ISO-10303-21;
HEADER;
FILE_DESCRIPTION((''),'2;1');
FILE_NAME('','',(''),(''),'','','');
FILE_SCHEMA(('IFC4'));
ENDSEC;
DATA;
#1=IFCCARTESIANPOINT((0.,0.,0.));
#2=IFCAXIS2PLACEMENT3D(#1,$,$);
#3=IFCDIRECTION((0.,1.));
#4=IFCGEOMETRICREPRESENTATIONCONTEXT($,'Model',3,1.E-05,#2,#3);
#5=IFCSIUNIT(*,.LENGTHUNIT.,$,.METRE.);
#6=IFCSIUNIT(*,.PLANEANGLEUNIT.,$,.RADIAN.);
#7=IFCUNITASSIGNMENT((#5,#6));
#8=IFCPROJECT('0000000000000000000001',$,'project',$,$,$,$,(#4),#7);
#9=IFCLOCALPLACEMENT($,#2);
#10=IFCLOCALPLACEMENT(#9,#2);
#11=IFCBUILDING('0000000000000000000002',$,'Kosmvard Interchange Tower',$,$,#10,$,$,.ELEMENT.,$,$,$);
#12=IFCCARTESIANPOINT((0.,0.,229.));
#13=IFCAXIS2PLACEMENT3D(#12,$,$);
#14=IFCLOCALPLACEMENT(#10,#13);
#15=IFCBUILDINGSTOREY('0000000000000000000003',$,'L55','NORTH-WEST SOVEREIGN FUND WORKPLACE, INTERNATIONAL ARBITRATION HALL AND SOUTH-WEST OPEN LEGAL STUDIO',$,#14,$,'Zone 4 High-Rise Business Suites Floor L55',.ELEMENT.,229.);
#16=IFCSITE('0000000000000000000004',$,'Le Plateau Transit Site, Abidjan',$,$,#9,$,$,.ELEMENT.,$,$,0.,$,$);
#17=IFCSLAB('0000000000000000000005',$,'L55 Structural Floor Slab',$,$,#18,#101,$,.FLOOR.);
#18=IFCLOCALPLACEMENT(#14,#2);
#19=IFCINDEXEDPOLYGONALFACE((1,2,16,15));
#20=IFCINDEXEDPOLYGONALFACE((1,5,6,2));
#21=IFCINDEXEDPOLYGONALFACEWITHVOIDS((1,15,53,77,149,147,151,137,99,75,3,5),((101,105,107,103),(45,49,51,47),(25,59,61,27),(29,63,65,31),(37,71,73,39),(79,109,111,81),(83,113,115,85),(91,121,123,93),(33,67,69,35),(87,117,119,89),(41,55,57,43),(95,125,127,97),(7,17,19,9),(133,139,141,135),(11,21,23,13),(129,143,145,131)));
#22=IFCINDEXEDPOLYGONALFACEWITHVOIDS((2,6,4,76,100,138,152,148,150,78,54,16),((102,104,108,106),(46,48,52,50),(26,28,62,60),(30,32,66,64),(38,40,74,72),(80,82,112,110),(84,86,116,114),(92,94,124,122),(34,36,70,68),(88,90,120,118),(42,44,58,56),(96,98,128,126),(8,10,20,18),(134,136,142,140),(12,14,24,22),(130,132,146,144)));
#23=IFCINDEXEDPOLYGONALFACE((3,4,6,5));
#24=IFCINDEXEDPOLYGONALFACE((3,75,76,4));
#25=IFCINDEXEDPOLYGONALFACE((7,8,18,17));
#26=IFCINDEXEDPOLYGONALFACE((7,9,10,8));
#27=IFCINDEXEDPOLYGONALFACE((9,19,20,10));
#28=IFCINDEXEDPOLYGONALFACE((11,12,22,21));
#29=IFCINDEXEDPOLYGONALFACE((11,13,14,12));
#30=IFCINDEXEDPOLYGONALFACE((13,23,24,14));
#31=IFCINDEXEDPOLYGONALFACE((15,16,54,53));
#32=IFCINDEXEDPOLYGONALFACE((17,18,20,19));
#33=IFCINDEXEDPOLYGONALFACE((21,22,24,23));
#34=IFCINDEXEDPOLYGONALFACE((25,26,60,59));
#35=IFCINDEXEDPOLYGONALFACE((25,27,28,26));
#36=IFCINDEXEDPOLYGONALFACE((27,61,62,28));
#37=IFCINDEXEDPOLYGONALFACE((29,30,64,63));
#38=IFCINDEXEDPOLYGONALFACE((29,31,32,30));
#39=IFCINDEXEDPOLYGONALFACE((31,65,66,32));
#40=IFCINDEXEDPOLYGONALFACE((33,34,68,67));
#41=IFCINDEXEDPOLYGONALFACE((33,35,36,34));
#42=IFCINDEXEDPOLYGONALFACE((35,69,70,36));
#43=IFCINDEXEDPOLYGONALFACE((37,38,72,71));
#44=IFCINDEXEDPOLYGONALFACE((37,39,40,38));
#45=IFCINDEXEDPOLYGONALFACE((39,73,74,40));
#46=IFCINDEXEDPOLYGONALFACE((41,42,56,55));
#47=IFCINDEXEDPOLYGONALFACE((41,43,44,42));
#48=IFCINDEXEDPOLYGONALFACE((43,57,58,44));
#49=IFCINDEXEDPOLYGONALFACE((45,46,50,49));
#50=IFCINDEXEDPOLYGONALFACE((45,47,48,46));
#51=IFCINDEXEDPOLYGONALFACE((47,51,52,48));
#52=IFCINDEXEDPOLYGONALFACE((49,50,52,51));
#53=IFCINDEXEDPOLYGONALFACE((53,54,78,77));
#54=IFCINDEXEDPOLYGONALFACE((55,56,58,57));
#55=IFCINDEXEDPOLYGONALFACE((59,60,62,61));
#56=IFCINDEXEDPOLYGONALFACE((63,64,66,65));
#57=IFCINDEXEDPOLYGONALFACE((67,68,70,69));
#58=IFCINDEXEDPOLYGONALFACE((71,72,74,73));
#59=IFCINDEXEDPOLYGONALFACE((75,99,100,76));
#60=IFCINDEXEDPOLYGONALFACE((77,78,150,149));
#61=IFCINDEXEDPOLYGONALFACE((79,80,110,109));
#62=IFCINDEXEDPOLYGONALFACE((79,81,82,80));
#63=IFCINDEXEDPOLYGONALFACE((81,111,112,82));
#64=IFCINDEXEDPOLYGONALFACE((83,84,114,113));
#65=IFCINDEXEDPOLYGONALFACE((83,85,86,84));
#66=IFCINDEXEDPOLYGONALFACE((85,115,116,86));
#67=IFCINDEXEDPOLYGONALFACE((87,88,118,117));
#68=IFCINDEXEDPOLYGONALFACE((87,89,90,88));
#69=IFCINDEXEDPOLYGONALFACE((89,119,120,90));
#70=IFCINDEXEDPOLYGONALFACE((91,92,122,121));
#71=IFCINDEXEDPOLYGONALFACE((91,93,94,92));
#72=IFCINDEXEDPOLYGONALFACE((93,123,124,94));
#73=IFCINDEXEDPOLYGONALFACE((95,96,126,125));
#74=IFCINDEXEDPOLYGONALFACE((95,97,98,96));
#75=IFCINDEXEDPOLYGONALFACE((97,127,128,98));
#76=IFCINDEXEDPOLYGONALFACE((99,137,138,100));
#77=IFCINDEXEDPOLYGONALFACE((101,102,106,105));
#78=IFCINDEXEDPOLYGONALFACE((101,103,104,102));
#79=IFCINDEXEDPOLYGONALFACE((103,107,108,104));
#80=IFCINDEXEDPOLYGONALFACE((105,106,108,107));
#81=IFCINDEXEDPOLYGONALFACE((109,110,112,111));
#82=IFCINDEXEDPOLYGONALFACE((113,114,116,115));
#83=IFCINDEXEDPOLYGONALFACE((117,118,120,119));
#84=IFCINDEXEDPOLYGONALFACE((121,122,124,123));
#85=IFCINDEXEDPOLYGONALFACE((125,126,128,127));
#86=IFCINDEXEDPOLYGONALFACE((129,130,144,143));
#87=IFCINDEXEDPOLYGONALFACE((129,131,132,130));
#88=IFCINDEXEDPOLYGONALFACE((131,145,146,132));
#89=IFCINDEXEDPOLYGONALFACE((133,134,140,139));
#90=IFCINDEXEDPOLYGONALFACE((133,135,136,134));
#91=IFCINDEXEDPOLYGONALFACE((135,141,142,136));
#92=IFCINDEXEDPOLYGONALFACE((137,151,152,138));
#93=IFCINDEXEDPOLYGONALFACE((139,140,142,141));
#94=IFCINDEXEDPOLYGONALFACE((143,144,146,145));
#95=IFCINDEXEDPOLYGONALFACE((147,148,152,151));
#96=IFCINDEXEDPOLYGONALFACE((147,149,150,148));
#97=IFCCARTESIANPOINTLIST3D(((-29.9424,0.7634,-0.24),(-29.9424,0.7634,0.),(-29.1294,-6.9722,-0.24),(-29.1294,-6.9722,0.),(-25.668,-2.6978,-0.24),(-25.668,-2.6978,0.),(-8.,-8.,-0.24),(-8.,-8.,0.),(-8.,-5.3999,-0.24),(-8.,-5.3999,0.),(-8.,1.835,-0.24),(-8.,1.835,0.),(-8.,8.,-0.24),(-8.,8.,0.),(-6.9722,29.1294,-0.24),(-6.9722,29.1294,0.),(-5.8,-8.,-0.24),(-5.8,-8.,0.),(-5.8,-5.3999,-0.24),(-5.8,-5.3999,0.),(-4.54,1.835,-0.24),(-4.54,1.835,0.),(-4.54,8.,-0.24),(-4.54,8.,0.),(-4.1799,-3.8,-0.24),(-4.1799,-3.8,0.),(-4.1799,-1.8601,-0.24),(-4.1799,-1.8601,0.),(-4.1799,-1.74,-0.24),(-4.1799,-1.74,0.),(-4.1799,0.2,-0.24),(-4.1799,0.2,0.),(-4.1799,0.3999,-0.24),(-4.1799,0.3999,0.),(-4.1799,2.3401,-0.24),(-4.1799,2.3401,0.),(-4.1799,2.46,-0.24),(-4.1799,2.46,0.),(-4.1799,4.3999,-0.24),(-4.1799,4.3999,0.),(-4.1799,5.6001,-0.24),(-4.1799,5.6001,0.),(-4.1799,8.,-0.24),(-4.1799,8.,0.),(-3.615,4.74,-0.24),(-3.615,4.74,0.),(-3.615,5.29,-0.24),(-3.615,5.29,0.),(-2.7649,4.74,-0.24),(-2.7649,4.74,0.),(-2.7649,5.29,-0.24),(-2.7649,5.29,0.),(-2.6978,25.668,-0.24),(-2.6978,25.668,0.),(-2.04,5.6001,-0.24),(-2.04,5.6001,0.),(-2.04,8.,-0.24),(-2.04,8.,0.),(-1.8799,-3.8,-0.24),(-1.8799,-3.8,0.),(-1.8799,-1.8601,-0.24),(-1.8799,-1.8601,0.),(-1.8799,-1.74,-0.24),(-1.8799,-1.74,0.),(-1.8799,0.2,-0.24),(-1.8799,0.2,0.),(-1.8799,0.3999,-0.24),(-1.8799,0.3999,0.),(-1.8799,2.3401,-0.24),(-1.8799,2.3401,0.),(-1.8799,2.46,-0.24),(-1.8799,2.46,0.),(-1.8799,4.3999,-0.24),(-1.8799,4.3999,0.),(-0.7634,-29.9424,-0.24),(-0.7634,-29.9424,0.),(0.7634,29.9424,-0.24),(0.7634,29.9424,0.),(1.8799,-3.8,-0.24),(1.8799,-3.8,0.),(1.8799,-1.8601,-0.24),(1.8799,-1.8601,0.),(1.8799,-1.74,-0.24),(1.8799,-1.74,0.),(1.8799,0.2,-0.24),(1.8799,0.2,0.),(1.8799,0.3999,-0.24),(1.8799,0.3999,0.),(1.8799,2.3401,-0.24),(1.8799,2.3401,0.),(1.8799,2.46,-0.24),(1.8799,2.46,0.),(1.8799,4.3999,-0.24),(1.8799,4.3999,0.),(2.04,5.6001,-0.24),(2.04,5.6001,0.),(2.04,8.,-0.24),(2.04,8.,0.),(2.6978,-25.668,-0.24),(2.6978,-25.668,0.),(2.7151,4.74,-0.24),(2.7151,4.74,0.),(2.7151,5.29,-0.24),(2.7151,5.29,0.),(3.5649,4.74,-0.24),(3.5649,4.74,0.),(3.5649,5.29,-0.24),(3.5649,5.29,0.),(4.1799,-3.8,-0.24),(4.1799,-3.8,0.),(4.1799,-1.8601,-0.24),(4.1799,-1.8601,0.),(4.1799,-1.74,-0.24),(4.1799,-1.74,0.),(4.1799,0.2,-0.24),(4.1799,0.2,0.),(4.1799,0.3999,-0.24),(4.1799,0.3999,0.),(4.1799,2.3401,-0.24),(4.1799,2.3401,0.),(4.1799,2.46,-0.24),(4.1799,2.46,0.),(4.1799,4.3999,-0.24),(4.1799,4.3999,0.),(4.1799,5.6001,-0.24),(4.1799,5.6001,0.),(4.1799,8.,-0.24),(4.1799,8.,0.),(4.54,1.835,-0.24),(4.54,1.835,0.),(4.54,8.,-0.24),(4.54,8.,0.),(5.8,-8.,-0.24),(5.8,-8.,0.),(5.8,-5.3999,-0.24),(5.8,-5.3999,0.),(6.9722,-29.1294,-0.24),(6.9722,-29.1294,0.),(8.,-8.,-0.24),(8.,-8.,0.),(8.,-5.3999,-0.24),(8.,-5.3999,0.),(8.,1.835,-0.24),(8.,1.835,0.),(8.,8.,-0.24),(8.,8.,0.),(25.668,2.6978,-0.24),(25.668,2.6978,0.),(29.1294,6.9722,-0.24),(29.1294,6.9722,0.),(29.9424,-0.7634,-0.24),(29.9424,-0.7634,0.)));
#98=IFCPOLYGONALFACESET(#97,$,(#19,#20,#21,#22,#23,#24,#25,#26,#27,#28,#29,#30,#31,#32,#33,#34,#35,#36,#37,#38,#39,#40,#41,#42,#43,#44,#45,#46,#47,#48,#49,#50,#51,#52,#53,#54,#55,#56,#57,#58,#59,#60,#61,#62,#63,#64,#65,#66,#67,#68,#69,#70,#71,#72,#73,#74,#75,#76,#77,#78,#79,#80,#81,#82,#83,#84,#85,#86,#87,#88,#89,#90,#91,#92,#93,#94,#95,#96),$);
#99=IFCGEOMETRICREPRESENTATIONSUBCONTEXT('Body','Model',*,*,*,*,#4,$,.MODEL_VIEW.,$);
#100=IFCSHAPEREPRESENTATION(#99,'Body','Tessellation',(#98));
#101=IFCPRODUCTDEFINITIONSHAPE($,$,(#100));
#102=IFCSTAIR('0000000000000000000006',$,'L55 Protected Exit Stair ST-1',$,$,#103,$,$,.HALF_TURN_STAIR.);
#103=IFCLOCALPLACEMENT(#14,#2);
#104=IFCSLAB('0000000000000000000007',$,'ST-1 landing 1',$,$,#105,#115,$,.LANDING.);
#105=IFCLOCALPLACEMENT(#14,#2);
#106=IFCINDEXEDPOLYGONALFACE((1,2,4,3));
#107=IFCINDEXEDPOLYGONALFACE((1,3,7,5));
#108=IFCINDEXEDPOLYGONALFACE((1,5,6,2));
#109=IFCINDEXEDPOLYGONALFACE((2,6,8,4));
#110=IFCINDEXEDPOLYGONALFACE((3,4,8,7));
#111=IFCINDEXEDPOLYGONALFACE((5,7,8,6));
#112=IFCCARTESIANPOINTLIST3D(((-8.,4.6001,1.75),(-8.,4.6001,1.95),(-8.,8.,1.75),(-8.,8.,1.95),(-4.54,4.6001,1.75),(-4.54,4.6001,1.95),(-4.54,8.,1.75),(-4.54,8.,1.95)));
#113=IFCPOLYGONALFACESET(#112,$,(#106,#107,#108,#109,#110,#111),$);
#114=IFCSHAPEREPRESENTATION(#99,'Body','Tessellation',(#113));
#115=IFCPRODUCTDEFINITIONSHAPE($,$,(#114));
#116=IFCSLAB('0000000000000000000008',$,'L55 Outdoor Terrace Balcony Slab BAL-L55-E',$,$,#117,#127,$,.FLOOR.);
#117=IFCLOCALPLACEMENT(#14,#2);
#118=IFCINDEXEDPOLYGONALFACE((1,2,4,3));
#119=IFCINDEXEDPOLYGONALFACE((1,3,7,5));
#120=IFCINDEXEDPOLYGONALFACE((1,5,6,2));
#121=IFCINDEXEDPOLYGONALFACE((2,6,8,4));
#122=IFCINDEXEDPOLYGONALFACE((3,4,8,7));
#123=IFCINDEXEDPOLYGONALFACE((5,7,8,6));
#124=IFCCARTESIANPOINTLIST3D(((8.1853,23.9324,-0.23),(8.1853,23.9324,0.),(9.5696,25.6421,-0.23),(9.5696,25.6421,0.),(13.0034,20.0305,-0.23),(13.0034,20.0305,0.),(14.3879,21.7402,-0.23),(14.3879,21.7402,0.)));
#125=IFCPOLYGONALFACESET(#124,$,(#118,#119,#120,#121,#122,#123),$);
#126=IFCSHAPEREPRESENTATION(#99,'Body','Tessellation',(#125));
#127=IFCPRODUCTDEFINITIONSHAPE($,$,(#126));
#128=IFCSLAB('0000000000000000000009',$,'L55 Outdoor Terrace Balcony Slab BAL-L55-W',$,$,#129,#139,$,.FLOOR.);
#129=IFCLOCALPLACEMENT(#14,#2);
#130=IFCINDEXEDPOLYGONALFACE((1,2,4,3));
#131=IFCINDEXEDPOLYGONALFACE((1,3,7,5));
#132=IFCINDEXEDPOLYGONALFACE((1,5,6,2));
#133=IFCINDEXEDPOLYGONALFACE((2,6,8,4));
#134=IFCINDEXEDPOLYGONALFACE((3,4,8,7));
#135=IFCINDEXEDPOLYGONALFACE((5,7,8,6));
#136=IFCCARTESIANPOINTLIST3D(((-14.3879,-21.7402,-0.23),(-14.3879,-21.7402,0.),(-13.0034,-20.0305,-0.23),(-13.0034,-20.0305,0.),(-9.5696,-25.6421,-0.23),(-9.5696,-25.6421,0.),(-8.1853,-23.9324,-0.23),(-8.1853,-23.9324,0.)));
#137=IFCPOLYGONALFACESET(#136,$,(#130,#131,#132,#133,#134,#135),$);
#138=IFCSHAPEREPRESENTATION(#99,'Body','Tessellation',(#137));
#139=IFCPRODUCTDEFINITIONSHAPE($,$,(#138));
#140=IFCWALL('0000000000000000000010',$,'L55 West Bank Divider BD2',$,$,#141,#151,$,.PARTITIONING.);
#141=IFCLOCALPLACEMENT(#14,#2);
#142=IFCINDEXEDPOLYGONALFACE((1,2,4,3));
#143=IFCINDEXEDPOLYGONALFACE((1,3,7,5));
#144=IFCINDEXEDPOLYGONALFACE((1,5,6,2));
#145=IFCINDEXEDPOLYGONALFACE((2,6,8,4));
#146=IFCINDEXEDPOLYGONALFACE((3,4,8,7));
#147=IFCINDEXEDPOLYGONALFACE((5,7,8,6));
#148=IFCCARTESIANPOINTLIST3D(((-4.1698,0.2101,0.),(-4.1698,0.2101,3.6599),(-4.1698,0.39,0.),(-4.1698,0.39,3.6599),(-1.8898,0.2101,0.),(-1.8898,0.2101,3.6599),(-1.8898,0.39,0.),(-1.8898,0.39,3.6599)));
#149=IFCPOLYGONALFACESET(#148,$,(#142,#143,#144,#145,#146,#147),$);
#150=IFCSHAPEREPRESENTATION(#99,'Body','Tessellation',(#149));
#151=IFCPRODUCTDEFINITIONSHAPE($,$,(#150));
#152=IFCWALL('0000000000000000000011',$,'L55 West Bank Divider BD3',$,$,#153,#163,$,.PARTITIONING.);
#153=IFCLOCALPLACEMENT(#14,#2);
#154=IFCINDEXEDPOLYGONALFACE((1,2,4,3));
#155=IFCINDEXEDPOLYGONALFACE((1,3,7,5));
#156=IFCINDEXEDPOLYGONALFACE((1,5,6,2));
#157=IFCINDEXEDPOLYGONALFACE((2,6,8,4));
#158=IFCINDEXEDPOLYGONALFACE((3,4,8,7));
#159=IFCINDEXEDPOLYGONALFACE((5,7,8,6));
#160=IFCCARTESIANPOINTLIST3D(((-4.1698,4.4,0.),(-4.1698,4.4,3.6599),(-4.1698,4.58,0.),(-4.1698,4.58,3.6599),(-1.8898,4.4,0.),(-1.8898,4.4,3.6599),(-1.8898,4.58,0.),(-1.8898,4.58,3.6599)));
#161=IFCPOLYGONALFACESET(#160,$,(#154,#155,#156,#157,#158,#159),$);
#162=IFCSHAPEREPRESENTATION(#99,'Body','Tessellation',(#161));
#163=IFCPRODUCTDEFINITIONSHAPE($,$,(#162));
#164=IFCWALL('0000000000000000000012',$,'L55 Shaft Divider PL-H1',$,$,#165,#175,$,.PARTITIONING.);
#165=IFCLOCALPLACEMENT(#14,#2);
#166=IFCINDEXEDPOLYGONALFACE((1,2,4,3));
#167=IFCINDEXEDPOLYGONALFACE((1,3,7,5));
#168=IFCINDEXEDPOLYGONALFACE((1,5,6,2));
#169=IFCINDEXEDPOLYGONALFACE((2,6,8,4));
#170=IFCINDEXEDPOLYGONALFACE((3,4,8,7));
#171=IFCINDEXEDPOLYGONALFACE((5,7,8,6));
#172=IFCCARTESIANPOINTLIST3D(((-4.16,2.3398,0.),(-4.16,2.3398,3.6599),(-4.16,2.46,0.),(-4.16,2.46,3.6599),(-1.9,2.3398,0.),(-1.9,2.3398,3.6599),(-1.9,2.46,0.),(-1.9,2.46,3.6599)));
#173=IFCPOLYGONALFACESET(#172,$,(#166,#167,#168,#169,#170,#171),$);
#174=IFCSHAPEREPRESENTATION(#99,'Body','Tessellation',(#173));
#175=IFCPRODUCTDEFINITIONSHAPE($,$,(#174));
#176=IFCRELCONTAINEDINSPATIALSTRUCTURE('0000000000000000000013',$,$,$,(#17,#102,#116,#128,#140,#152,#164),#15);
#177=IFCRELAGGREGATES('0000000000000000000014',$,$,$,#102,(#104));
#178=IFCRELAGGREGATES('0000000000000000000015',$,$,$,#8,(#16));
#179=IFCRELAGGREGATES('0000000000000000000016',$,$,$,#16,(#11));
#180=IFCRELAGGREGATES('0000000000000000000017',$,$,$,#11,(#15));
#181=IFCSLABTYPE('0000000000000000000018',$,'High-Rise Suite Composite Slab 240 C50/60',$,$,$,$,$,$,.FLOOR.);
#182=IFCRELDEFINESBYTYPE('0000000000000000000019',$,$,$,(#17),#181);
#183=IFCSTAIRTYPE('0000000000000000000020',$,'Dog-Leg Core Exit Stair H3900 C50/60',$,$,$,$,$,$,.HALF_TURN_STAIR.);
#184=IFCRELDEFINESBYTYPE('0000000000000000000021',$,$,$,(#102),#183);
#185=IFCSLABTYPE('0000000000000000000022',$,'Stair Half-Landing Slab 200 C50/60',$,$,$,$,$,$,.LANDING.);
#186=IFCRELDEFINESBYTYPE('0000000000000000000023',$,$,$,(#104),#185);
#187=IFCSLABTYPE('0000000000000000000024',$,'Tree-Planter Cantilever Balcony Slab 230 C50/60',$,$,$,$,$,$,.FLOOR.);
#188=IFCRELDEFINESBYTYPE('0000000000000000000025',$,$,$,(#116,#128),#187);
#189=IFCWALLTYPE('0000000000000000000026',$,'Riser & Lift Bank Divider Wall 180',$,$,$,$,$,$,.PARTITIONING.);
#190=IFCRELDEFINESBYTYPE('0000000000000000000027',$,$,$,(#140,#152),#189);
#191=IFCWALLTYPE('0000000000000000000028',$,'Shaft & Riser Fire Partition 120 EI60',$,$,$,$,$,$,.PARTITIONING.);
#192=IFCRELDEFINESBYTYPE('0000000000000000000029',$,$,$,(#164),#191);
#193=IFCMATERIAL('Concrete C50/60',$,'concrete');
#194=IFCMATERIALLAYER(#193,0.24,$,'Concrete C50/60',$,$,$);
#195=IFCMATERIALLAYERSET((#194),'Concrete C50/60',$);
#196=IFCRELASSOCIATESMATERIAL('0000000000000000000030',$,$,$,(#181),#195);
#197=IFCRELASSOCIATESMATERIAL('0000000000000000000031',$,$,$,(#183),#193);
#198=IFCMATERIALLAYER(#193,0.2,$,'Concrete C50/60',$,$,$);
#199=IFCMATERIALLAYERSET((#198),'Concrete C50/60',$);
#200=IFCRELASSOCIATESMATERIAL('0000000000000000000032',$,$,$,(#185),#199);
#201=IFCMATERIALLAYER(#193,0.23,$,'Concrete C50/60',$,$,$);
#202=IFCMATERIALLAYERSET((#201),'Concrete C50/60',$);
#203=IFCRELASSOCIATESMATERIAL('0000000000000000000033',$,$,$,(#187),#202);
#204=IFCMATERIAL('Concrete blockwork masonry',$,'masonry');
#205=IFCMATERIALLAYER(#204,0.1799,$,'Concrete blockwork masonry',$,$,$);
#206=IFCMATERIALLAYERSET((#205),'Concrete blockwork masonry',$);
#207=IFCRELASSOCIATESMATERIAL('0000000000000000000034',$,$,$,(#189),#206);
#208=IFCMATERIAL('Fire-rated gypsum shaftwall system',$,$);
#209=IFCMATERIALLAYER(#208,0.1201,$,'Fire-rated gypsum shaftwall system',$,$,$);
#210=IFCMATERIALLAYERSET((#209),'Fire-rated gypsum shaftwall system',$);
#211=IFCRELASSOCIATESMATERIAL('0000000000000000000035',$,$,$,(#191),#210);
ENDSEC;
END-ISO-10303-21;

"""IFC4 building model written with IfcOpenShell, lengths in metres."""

from ifc_helpers import new_model, si_unit, direction, frame, frame_2d, origin, place, context, subcontext, project, spatial, polyline, rectangle, outline, extrude, material, layer, layer_set, type_object, element, aggregate, save


model = new_model("IFC4")

# Units and contexts
model_context = context("Model", 3, precision=1e-05, world=origin(), true_north=direction((0.0, 1.0)))
body_context = subcontext(model_context, "Body", "Model", "MODEL_VIEW")
ifc_project = project(units=[si_unit("LENGTHUNIT", "METRE"), si_unit("PLANEANGLEUNIT", "RADIAN")], contexts=[model_context])

# Site, building, storey
site_placement = place(None, origin())
site = spatial("IfcSite", under=ifc_project, at=site_placement, Name="Le Plateau Transit Site, Abidjan", CompositionType="ELEMENT", RefElevation=0.0)
building_placement = place(site_placement, origin())
building = spatial("IfcBuilding", under=site, at=building_placement, Name="Kosmvard Interchange Tower", CompositionType="ELEMENT")
storey_placement = place(building_placement, frame((0.0, 0.0, 229.0)))
storey = spatial("IfcBuildingStorey", under=building, at=storey_placement, Name="L55", Description="NORTH-WEST SOVEREIGN FUND WORKPLACE, INTERNATIONAL ARBITRATION HALL AND SOUTH-WEST OPEN LEGAL STUDIO", LongName="Zone 4 High-Rise Business Suites Floor L55", CompositionType="ELEMENT", Elevation=229.0)

# Slab
ifc_material_1 = material(Name="Concrete C50/60", Category="concrete")
ifc_layer_1 = layer(ifc_material_1, 0.24, Name="Concrete C50/60")
ifc_layer_set_1 = layer_set([ifc_layer_1], Name="Concrete C50/60")
slab_type_1 = type_object("IfcSlabType", Name="High-Rise Suite Composite Slab 240 C50/60", PredefinedType="FLOOR", material=ifc_layer_set_1)
slab_1_placement = place(storey_placement, frame((0.0, 0.0, -0.24)))
element("IfcSlab", 1, at=slab_1_placement, inside=storey, type_object=slab_type_1, Name="L55 Structural Floor Slab", PredefinedType="FLOOR", context=body_context, shape_type="SweptSolid", body=[
    extrude(outline(polyline([(6.9722, -29.1294), (29.9424, -0.7634), (25.668, 2.6978), (29.1294, 6.9722), (0.7634, 29.9424), (-2.6978, 25.668), (-6.9722, 29.1294), (-29.9424, 0.7634), (-25.668, -2.6978), (-29.1294, -6.9722), (-0.7634, -29.9424), (2.6978, -25.668), (6.9722, -29.1294)]), holes=[polyline([(-8.0, 1.835), (-4.54, 1.835), (-4.54, 8.0), (-8.0, 8.0), (-8.0, 1.835)]), polyline([(4.54, 1.835), (8.0, 1.835), (8.0, 8.0), (4.54, 8.0), (4.54, 1.835)]), polyline([(-8.0, -8.0), (-5.8, -8.0), (-5.8, -5.3999), (-8.0, -5.3999), (-8.0, -8.0)]), polyline([(5.8, -8.0), (8.0, -8.0), (8.0, -5.3999), (5.8, -5.3999), (5.8, -8.0)]), polyline([(-4.1799, -3.8), (-1.8799, -3.8), (-1.8799, -1.8601), (-4.1799, -1.8601), (-4.1799, -3.8)]), polyline([(-4.1799, -1.74), (-1.8799, -1.74), (-1.8799, 0.2), (-4.1799, 0.2), (-4.1799, -1.74)]), polyline([(1.8799, -3.8), (4.1799, -3.8), (4.1799, -1.8601), (1.8799, -1.8601), (1.8799, -3.8)]), polyline([(1.8799, -1.74), (4.1799, -1.74), (4.1799, 0.2), (1.8799, 0.2), (1.8799, -1.74)]), polyline([(-4.1799, 0.3999), (-1.8799, 0.3999), (-1.8799, 2.3401), (-4.1799, 2.3401), (-4.1799, 0.3999)]), polyline([(-4.1799, 2.46), (-1.8799, 2.46), (-1.8799, 4.3999), (-4.1799, 4.3999), (-4.1799, 2.46)]), polyline([(1.8799, 0.3999), (4.1799, 0.3999), (4.1799, 2.3401), (1.8799, 2.3401), (1.8799, 0.3999)]), polyline([(1.8799, 2.46), (4.1799, 2.46), (4.1799, 4.3999), (1.8799, 4.3999), (1.8799, 2.46)]), polyline([(-4.1799, 5.6001), (-2.04, 5.6001), (-2.04, 8.0), (-4.1799, 8.0), (-4.1799, 5.6001)]), polyline([(2.04, 5.6001), (4.1799, 5.6001), (4.1799, 8.0), (2.04, 8.0), (2.04, 5.6001)]), polyline([(-3.615, 4.74), (-2.7649, 4.74), (-2.7649, 5.29), (-3.615, 5.29), (-3.615, 4.74)]), polyline([(2.7151, 4.74), (3.5649, 4.74), (3.5649, 5.29), (2.7151, 5.29), (2.7151, 4.74)])]), origin(), (0.0, 0.0, 1.0), 0.24),
])

# Stair, slab
stair_type = type_object("IfcStairType", Name="Dog-Leg Core Exit Stair H3900 C50/60", PredefinedType="HALF_TURN_STAIR", material=ifc_material_1)
stair_placement = place(storey_placement, origin())
stair = element("IfcStair", 2, at=stair_placement, inside=storey, type_object=stair_type, Name="L55 Protected Exit Stair ST-1", PredefinedType="HALF_TURN_STAIR")
ifc_layer_2 = layer(ifc_material_1, 0.2, Name="Concrete C50/60")
ifc_layer_set_2 = layer_set([ifc_layer_2], Name="Concrete C50/60")
slab_type_2 = type_object("IfcSlabType", Name="Stair Half-Landing Slab 200 C50/60", PredefinedType="LANDING", material=ifc_layer_set_2)
slab_2_placement = place(storey_placement, frame((0.0, 0.0, 1.75)))
slab_2 = element("IfcSlab", 3, at=slab_2_placement, type_object=slab_type_2, Name="ST-1 landing 1", PredefinedType="LANDING", context=body_context, shape_type="SweptSolid", body=[
    extrude(outline(polyline([(-4.54, 4.6001), (-4.54, 8.0), (-8.0, 8.0), (-8.0, 4.6001), (-4.54, 4.6001)])), origin(), (0.0, 0.0, 1.0), 0.2),
])

# Slabs
ifc_layer_3 = layer(ifc_material_1, 0.23, Name="Concrete C50/60")
ifc_layer_set_3 = layer_set([ifc_layer_3], Name="Concrete C50/60")
slab_type_3 = type_object("IfcSlabType", Name="Tree-Planter Cantilever Balcony Slab 230 C50/60", PredefinedType="FLOOR", material=ifc_layer_set_3)
slab_3_placement = place(storey_placement, frame((0.0, 0.0, -0.23)))
element("IfcSlab", 4, at=slab_3_placement, inside=storey, type_object=slab_type_3, Name="L55 Outdoor Terrace Balcony Slab BAL-L55-E", PredefinedType="FLOOR", context=body_context, shape_type="SweptSolid", body=[
    extrude(outline(polyline([(13.0034, 20.0305), (14.3879, 21.7402), (9.5696, 25.6421), (8.1853, 23.9324), (13.0034, 20.0305)])), origin(), (0.0, 0.0, 1.0), 0.23),
])
slab_4_placement = place(storey_placement, frame((0.0, 0.0, -0.23)))
element("IfcSlab", 5, at=slab_4_placement, inside=storey, type_object=slab_type_3, Name="L55 Outdoor Terrace Balcony Slab BAL-L55-W", PredefinedType="FLOOR", context=body_context, shape_type="SweptSolid", body=[
    extrude(outline(polyline([(-9.5696, -25.6421), (-8.1853, -23.9324), (-13.0034, -20.0305), (-14.3879, -21.7402), (-9.5696, -25.6421)])), origin(), (0.0, 0.0, 1.0), 0.23),
])

# Walls
ifc_material_2 = material(Name="Concrete blockwork masonry", Category="masonry")
ifc_layer_4 = layer(ifc_material_2, 0.1799, Name="Concrete blockwork masonry")
ifc_layer_set_4 = layer_set([ifc_layer_4], Name="Concrete blockwork masonry")
wall_type_1 = type_object("IfcWallType", Name="Riser & Lift Bank Divider Wall 180", PredefinedType="PARTITIONING", material=ifc_layer_set_4)
for number, where, z_axis, x_axis, name in (
    (6, (-4.1699, 0.3, 0.0), (0.0, 0.0, 1.0), (1.0, 0.0, 0.0), "L55 West Bank Divider BD2"),
    (7, (-4.1699, 4.49, 0.0), (0.0, 0.0, 1.0), (1.0, 0.0, 0.0), "L55 West Bank Divider BD3"),
):
    element("IfcWall", number, at=place(storey_placement, frame(where, z_axis=z_axis, x_axis=x_axis)), inside=storey, type_object=wall_type_1, Name=name, PredefinedType="PARTITIONING", context=body_context, shape_type="SweptSolid", body=[
        extrude(rectangle(XDim=2.28, YDim=0.1799, at=frame_2d((1.1401, 0.0))), origin(), (0.0, 0.0, 1.0), 3.6599),
    ])
ifc_material_3 = material(Name="Fire-rated gypsum shaftwall system")
ifc_layer_5 = layer(ifc_material_3, 0.1201, Name="Fire-rated gypsum shaftwall system")
ifc_layer_set_5 = layer_set([ifc_layer_5], Name="Fire-rated gypsum shaftwall system")
wall_type_2 = type_object("IfcWallType", Name="Shaft & Riser Fire Partition 120 EI60", PredefinedType="PARTITIONING", material=ifc_layer_set_5)
wall_1_placement = place(storey_placement, frame((-4.1599, 2.3999, 0.0), z_axis=(0.0, 0.0, 1.0), x_axis=(1.0, 0.0, 0.0)))
element("IfcWall", 8, at=wall_1_placement, inside=storey, type_object=wall_type_2, Name="L55 Shaft Divider PL-H1", PredefinedType="PARTITIONING", context=body_context, shape_type="SweptSolid", body=[
    extrude(rectangle(XDim=2.26, YDim=0.1201, at=frame_2d((1.1299, 0.0))), origin(), (0.0, 0.0, 1.0), 3.6599),
])

aggregate(stair, [slab_2])

save(model, "model.ifc")
